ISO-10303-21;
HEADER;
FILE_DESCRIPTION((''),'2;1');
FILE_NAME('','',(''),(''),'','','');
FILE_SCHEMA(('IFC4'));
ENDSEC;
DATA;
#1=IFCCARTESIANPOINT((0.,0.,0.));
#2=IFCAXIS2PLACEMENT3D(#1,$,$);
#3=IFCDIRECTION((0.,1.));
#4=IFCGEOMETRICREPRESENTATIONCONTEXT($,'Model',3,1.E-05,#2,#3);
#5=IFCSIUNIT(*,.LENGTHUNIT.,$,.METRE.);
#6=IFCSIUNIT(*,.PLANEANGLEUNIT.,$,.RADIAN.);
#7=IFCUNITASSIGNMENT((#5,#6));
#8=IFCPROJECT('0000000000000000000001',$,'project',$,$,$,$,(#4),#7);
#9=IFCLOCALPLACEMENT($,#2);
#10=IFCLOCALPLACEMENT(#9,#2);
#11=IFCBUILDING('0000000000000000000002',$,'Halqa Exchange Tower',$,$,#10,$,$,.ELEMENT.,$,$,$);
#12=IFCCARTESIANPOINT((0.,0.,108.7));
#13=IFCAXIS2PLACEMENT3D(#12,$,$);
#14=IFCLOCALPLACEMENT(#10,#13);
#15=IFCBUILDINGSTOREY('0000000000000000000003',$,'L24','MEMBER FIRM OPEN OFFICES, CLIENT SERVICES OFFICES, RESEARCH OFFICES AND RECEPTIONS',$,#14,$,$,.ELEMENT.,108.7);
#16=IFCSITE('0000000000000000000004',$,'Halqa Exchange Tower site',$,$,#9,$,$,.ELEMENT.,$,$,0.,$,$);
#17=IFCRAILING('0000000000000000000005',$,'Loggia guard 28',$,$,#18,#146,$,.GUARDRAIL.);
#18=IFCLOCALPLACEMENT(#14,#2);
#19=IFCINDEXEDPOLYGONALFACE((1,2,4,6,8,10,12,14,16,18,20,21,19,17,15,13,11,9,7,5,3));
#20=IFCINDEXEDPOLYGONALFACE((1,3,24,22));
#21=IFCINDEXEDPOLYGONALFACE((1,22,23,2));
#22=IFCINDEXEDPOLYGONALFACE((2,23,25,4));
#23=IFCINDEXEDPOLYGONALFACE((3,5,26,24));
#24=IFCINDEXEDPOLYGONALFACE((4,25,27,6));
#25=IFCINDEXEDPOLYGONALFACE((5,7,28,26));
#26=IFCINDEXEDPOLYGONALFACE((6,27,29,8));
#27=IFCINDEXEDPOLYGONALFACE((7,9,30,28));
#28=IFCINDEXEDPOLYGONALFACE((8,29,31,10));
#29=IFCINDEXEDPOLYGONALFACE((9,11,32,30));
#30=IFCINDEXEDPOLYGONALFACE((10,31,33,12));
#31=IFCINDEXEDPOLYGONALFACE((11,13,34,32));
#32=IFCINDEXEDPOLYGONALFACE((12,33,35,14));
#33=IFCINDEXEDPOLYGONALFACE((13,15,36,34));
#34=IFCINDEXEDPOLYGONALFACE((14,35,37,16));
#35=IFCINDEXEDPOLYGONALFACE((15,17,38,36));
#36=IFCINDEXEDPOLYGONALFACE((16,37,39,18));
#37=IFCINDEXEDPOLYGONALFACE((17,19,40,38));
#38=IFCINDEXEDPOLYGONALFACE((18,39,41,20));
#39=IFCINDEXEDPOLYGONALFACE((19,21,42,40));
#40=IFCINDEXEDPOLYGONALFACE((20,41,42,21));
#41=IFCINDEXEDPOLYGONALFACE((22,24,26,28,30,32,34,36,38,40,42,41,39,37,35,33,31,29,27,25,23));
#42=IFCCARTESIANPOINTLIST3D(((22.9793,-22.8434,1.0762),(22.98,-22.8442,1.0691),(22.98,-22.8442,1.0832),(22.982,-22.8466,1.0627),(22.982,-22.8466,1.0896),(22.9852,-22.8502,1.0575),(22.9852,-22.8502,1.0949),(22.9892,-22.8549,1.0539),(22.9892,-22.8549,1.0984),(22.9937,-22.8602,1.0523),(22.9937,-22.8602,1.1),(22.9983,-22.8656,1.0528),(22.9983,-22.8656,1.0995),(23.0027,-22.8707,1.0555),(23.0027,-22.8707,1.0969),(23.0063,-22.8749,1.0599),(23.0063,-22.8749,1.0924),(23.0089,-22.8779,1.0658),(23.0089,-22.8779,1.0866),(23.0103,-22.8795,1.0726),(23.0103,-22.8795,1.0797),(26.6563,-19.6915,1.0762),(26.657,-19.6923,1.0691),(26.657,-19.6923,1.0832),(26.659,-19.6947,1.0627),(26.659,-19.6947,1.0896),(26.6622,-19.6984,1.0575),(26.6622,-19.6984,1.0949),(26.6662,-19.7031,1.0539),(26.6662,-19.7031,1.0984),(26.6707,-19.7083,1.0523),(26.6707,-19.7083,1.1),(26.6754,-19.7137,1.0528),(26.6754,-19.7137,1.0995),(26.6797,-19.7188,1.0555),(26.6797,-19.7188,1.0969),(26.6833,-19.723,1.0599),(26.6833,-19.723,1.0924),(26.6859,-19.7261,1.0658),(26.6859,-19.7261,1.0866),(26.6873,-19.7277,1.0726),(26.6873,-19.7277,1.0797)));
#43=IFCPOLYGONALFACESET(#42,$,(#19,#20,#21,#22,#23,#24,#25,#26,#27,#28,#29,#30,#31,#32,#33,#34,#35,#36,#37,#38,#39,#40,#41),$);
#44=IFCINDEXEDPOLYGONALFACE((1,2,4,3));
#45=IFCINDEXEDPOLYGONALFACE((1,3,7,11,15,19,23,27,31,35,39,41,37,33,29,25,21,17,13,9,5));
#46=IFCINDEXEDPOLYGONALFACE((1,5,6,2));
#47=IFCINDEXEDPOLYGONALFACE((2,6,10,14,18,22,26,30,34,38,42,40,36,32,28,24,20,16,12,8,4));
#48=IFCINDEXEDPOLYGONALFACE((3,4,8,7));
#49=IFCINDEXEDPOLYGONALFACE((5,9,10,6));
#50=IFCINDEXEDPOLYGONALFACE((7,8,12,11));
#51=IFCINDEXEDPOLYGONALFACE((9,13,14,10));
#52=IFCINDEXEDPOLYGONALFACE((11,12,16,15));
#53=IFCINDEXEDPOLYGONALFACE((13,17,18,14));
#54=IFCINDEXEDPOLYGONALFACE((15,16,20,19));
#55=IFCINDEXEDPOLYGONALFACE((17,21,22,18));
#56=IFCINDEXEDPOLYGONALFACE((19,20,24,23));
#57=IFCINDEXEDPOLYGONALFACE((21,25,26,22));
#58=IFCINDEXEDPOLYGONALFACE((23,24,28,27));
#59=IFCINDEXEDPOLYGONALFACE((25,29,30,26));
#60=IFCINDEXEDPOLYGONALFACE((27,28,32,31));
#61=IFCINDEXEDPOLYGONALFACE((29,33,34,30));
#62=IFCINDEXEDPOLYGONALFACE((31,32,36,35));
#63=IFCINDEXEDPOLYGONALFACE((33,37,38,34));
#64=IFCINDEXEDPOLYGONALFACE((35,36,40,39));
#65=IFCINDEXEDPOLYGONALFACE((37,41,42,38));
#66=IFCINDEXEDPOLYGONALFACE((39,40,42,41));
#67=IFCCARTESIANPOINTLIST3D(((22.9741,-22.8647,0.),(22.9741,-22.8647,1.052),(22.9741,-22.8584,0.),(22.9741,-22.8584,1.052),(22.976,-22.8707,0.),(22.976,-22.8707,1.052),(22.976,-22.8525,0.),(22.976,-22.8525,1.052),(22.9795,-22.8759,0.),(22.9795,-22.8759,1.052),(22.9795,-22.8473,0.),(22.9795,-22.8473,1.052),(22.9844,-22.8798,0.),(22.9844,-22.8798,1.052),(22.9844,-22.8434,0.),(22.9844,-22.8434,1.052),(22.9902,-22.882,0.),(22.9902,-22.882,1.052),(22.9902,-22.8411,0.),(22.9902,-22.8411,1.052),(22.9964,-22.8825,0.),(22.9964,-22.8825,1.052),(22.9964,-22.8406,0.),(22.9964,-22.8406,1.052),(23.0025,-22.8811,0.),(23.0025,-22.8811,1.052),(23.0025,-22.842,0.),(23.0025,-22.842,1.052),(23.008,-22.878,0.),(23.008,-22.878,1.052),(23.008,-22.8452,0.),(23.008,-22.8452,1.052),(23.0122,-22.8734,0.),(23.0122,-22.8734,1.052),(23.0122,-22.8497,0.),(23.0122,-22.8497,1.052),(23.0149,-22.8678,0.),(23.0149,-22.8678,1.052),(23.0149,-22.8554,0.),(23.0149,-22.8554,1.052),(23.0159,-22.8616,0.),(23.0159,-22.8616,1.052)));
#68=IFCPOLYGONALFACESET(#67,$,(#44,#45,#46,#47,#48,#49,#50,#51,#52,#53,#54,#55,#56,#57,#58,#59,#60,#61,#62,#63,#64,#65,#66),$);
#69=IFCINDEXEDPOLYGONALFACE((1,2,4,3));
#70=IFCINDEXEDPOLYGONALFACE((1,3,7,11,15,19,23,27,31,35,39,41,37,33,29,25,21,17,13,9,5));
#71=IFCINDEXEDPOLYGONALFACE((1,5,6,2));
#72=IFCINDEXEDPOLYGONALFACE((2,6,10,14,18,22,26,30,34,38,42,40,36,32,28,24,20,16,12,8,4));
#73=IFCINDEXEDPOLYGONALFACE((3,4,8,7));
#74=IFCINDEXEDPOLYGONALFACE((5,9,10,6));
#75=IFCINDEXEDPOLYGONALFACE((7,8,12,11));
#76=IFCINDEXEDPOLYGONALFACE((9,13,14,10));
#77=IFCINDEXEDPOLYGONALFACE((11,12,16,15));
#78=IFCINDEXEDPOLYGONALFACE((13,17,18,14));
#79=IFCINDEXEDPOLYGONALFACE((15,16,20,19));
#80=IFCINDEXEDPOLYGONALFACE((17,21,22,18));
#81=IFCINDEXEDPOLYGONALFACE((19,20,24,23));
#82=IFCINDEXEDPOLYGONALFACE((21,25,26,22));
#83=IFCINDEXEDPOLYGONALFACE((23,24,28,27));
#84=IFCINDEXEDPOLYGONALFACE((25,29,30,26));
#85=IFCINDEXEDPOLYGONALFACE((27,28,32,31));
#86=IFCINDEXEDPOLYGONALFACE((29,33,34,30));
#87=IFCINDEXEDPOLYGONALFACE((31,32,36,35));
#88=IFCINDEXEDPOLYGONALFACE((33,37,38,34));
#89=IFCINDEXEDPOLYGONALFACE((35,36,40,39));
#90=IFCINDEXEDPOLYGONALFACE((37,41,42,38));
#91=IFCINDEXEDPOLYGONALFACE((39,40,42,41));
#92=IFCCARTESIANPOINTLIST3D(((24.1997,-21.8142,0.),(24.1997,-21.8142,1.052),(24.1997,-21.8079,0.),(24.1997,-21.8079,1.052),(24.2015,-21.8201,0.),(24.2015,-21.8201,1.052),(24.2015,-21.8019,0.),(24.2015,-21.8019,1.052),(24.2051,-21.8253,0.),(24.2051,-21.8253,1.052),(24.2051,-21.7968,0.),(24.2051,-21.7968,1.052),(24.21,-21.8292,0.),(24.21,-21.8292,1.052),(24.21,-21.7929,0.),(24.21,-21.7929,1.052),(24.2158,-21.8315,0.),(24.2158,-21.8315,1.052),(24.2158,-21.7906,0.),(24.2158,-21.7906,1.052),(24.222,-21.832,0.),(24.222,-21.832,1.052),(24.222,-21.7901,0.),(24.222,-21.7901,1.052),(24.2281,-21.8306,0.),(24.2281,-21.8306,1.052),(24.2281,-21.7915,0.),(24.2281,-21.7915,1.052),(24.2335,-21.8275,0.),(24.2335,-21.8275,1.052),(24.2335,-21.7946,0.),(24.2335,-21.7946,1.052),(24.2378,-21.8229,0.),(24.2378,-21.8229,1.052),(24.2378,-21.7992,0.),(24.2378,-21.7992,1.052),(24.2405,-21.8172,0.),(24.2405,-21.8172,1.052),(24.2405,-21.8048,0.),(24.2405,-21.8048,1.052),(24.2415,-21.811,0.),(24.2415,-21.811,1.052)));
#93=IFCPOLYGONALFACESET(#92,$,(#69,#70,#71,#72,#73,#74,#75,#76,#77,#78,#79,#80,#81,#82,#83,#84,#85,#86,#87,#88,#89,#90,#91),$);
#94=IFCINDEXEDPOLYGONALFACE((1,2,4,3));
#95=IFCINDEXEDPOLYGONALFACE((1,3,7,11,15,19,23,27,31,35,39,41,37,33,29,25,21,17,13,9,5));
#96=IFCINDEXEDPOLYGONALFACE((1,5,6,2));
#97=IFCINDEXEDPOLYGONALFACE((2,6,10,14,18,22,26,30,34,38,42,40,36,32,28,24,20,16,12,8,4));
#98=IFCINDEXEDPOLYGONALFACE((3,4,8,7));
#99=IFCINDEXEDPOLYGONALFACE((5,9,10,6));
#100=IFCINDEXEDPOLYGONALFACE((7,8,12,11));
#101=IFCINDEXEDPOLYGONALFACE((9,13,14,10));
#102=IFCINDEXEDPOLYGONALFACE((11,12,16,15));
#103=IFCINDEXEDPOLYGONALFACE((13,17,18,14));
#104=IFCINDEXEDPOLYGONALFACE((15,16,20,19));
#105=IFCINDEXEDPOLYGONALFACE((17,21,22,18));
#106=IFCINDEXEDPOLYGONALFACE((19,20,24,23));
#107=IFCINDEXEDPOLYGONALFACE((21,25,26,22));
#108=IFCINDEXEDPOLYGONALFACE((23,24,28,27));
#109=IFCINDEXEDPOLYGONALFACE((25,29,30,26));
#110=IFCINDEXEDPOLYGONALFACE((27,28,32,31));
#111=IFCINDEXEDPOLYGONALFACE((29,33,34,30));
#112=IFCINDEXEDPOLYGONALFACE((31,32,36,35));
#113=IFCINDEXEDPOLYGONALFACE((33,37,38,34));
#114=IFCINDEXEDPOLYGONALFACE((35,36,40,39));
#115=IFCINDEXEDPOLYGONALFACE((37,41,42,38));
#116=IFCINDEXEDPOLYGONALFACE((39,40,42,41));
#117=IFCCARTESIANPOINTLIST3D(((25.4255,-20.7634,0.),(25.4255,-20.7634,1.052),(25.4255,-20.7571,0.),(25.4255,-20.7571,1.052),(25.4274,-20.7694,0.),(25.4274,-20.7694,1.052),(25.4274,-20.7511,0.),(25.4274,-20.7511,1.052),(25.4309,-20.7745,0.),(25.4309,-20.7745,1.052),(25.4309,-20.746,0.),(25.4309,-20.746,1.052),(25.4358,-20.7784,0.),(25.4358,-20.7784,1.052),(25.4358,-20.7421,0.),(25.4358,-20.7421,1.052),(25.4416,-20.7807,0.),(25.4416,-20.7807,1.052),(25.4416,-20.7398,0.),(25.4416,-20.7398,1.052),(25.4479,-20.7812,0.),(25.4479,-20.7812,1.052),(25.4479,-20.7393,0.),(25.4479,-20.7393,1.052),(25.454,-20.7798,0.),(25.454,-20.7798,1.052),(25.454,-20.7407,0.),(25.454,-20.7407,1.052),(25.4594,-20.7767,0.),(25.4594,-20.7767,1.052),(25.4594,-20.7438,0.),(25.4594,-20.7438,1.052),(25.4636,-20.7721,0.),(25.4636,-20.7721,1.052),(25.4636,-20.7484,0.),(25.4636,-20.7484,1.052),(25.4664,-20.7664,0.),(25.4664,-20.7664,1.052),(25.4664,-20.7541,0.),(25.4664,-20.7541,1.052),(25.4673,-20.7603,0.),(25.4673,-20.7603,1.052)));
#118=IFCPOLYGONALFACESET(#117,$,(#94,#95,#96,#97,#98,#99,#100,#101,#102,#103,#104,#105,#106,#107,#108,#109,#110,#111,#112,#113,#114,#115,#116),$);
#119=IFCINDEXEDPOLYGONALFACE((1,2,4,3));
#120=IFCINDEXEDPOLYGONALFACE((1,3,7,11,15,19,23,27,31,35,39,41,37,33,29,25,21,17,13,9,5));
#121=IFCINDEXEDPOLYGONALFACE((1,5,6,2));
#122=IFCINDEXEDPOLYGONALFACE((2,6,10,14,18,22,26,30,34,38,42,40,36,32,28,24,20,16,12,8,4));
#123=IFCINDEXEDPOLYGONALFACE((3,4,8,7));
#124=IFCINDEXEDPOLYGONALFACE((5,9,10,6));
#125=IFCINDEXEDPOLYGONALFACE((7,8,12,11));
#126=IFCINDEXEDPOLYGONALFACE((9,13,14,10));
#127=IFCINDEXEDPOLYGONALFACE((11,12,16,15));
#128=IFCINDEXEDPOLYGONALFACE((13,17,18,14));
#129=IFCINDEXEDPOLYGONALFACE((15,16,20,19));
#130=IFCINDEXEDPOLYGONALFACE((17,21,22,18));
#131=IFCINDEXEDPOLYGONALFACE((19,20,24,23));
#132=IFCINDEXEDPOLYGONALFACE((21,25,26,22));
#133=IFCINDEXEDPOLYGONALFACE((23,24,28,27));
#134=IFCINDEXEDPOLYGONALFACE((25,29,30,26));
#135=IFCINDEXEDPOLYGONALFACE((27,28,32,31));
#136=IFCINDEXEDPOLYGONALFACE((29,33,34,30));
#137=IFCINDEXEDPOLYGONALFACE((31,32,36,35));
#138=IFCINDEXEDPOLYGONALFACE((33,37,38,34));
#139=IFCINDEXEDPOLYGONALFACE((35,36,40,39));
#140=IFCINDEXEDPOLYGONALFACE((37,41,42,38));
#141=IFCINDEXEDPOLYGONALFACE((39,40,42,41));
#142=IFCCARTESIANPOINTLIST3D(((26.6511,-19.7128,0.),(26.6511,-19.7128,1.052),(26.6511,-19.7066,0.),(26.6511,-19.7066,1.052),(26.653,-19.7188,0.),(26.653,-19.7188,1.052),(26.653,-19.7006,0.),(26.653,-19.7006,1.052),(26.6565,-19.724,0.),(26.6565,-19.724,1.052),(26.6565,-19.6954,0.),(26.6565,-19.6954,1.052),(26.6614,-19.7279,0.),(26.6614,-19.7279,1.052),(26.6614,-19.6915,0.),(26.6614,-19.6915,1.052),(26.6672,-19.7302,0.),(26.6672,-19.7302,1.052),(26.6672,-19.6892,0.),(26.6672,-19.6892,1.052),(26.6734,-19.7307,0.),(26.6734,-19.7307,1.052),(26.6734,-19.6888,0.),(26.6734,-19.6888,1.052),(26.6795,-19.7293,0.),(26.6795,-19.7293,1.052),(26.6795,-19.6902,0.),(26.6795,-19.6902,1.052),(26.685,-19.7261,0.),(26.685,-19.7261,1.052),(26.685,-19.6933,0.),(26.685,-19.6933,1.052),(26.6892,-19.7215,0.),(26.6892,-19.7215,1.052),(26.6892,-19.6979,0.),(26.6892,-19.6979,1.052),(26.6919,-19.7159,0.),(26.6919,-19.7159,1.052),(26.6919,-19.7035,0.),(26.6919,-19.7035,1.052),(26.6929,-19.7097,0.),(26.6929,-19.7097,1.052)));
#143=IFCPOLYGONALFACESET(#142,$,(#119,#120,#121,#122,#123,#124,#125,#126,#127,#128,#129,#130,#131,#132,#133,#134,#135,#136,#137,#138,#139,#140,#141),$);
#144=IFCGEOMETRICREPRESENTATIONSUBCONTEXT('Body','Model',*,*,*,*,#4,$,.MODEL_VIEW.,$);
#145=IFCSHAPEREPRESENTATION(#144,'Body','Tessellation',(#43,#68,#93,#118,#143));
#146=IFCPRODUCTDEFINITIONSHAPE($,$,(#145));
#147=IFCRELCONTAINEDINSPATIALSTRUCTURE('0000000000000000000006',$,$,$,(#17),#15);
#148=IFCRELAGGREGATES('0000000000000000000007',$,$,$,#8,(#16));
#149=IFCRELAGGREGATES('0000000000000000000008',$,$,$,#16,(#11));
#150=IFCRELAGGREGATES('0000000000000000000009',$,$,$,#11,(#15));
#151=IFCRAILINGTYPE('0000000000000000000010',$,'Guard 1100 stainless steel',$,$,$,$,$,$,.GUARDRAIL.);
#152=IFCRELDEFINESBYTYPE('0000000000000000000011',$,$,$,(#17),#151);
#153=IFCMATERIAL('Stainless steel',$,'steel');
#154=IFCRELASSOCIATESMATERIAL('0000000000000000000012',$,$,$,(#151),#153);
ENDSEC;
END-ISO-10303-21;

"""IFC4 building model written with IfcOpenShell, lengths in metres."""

from ifc_helpers import new_model, si_unit, direction, frame, origin, origin_2d, place, context, subcontext, project, spatial, circle, extrude, material, type_object, element, save


model = new_model("IFC4")

# Units and contexts
model_context = context("Model", 3, precision=1e-05, world=origin(), true_north=direction((0.0, 1.0)))
body_context = subcontext(model_context, "Body", "Model", "MODEL_VIEW")
ifc_project = project(units=[si_unit("LENGTHUNIT", "METRE"), si_unit("PLANEANGLEUNIT", "RADIAN")], contexts=[model_context])

# Site, building, storey
site_placement = place(None, origin())
site = spatial("IfcSite", under=ifc_project, at=site_placement, Name="Halqa Exchange Tower site", CompositionType="ELEMENT", RefElevation=0.0)
building_placement = place(site_placement, origin())
building = spatial("IfcBuilding", under=site, at=building_placement, Name="Halqa Exchange Tower", CompositionType="ELEMENT")
storey_placement = place(building_placement, frame((0.0, 0.0, 108.7)))
storey = spatial("IfcBuildingStorey", under=building, at=storey_placement, Name="L24", Description="MEMBER FIRM OPEN OFFICES, CLIENT SERVICES OFFICES, RESEARCH OFFICES AND RECEPTIONS", CompositionType="ELEMENT", Elevation=108.7)

# Railing
ifc_material_1 = material(Name="Stainless steel", Category="steel")
railing_type = type_object("IfcRailingType", Name="Guard 1100 stainless steel", PredefinedType="GUARDRAIL", material=ifc_material_1)
railing_1_placement = place(storey_placement, frame((22.9949, -22.8616, 0.0)))
element("IfcRailing", 1, at=railing_1_placement, inside=storey, type_object=railing_type, Name="Loggia guard 28", PredefinedType="GUARDRAIL", context=body_context, shape_type="SweptSolid", body=[
    extrude(circle(Radius=0.0239, at=origin_2d()), frame((0.0, 0.0, 1.0762), z_axis=(0.759242, 0.650808, 0.0), x_axis=(-0.650808, 0.759242, 0.0)), (0.0, 0.0, 1.0), 4.843),
    extrude(circle(Radius=0.021, at=origin_2d()), origin(), (0.0, 0.0, 1.0), 1.052),
    extrude(circle(Radius=0.021, at=origin_2d()), frame((1.2256, 1.0505, 0.0)), (0.0, 0.0, 1.0), 1.052),
    extrude(circle(Radius=0.021, at=origin_2d()), frame((2.4514, 2.1013, 0.0)), (0.0, 0.0, 1.0), 1.052),
    extrude(circle(Radius=0.021, at=origin_2d()), frame((3.677, 3.1519, 0.0)), (0.0, 0.0, 1.0), 1.052),
])

save(model, "model.ifc")
